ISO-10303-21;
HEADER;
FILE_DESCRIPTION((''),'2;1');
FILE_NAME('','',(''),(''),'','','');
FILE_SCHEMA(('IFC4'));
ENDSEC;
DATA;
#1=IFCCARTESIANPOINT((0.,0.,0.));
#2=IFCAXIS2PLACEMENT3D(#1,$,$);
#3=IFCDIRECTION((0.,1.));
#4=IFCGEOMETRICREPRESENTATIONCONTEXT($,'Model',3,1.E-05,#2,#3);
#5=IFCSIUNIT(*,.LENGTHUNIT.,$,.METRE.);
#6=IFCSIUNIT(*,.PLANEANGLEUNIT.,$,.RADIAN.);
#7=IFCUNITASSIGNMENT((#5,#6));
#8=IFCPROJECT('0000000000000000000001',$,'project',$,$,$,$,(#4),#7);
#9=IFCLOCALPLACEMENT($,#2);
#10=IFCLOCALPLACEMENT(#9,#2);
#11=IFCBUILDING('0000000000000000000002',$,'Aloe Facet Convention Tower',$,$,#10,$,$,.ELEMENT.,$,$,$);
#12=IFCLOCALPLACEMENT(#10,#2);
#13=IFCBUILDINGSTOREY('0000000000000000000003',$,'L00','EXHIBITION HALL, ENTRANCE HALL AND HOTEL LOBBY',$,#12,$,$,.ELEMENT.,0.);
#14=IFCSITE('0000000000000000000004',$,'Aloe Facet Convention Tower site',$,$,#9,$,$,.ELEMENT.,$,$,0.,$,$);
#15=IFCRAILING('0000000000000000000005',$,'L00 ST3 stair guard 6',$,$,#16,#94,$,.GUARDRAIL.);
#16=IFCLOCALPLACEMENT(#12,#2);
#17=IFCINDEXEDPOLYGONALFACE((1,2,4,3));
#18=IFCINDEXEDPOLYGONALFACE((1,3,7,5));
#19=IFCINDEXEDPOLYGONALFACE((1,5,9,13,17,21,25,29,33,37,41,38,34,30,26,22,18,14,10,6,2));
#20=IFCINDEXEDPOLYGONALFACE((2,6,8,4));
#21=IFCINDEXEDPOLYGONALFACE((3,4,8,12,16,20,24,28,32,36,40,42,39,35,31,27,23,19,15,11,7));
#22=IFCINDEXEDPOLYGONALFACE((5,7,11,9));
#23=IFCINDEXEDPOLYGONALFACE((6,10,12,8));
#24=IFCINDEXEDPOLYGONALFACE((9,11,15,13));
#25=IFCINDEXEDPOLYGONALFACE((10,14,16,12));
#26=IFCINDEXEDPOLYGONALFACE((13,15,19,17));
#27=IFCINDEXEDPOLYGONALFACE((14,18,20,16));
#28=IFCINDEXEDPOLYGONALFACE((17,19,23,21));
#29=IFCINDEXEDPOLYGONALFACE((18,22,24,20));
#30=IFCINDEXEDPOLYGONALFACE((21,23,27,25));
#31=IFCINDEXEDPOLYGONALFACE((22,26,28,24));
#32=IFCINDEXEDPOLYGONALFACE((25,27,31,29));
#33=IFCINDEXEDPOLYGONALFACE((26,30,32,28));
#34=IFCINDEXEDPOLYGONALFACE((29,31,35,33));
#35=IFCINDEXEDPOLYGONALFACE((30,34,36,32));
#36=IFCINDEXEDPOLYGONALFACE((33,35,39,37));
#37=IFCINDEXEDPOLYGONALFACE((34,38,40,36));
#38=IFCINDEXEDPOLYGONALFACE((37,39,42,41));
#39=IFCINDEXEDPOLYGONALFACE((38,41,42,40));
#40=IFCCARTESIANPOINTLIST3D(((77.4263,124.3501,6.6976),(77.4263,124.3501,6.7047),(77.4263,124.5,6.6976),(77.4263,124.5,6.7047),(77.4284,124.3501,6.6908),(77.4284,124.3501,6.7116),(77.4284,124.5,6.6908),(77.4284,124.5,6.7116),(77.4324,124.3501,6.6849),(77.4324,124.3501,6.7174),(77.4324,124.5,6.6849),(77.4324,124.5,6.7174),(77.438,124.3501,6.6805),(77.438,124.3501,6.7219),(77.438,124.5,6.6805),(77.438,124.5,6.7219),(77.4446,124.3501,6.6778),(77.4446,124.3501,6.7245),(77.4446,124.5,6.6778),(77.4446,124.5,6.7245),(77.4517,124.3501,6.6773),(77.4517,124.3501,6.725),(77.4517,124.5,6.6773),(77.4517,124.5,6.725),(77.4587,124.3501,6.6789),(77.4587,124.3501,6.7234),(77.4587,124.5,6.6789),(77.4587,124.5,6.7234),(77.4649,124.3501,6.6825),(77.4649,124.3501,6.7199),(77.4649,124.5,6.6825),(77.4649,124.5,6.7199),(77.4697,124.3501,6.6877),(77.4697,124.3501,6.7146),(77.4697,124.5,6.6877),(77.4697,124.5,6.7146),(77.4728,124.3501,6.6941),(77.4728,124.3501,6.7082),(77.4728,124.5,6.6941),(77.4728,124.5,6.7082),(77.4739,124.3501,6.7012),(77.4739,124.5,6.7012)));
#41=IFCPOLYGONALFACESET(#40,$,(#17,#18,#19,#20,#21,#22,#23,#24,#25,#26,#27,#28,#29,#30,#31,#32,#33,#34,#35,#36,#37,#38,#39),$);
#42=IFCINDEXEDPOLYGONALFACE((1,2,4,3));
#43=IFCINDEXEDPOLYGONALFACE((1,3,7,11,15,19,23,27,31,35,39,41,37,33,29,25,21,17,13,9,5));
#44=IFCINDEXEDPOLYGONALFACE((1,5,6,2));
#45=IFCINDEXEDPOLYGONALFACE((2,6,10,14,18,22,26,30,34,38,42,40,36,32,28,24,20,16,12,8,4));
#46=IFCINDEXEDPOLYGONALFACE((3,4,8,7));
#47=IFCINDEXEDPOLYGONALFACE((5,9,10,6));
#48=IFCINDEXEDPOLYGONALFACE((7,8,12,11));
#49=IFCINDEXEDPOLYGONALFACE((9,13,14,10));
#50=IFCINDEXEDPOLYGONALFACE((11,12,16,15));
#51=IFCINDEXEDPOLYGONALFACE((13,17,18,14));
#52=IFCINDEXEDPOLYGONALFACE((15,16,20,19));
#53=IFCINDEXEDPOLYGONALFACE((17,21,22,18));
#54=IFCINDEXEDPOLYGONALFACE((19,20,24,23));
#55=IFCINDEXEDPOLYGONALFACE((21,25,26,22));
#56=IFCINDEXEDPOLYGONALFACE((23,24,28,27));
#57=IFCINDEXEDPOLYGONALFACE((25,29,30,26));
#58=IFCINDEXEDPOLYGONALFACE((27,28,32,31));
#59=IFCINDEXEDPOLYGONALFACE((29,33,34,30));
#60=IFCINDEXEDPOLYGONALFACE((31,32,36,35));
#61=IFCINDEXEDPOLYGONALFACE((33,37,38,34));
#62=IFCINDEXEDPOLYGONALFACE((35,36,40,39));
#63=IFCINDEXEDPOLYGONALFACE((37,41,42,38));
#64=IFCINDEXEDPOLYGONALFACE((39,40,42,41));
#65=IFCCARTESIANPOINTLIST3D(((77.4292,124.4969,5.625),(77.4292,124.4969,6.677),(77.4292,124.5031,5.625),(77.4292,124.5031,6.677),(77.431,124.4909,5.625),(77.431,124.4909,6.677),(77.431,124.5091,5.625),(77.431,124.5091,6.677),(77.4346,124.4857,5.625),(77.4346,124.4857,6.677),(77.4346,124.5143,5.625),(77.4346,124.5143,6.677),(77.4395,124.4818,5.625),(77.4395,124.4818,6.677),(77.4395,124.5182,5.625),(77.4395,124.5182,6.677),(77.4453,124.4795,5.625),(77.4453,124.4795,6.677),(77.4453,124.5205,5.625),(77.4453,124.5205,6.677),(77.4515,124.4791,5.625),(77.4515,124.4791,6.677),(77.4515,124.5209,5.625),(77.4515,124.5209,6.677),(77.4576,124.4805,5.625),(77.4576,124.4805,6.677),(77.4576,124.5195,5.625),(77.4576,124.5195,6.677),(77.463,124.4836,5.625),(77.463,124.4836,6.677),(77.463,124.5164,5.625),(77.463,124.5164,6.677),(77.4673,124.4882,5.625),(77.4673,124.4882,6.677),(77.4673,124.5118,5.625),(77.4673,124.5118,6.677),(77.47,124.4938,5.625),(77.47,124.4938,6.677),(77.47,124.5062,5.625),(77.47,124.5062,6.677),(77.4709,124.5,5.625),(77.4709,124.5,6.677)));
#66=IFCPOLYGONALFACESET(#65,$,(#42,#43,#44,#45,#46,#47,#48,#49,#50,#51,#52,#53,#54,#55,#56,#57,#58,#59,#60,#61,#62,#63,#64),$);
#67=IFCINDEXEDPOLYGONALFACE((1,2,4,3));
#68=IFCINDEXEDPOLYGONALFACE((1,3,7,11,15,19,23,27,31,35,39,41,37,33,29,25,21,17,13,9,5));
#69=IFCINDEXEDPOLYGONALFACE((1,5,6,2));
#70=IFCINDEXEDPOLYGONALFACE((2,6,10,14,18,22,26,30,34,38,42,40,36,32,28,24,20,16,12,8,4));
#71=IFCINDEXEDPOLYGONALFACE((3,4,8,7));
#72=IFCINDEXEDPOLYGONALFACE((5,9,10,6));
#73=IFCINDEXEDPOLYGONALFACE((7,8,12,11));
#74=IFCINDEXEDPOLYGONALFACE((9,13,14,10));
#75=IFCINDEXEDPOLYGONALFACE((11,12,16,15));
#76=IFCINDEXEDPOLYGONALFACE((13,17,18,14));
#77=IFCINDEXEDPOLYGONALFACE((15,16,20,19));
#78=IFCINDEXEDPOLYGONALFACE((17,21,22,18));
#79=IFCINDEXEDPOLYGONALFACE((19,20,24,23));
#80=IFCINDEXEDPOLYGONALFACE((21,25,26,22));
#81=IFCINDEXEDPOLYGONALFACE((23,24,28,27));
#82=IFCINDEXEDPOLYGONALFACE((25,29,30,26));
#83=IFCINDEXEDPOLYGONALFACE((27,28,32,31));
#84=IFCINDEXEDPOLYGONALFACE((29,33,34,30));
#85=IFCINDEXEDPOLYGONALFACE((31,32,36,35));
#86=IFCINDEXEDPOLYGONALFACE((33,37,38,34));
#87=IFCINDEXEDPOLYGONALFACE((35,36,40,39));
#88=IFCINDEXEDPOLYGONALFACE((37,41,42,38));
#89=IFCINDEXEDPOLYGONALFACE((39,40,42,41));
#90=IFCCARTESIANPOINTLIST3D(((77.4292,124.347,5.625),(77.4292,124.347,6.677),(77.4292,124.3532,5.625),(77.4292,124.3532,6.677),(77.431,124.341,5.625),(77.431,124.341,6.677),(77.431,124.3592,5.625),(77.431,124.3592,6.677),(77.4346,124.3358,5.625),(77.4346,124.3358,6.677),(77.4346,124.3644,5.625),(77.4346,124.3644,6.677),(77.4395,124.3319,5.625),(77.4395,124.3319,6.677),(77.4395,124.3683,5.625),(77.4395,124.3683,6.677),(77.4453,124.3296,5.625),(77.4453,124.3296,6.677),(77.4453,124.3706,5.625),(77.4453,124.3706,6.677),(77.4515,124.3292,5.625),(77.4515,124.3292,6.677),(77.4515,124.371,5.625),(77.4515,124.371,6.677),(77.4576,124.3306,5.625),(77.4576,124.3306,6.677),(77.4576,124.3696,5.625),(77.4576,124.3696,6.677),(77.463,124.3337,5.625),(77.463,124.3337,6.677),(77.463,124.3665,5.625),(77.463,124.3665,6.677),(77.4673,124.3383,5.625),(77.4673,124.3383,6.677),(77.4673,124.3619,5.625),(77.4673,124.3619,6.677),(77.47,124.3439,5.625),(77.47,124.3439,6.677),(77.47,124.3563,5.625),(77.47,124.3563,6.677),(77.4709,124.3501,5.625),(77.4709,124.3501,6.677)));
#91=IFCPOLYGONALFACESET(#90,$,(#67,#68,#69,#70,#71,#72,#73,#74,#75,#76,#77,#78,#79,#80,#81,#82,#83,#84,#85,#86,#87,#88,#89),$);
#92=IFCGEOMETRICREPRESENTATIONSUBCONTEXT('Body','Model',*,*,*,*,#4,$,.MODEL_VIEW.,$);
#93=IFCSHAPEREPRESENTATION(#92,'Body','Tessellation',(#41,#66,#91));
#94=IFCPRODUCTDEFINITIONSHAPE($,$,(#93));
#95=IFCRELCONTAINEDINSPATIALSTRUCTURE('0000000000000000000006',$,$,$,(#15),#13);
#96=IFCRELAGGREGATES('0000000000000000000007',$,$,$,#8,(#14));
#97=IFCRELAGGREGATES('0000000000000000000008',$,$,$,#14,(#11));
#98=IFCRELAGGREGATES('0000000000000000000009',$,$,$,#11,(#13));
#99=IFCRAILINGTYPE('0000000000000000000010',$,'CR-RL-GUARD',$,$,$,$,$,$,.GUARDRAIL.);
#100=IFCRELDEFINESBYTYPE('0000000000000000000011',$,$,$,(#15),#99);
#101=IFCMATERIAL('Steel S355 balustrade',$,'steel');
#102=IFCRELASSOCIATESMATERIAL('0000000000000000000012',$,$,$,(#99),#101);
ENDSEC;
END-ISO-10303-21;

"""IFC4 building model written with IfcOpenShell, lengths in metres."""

from ifc_helpers import new_model, si_unit, direction, frame, origin, origin_2d, place, context, subcontext, project, spatial, circle, extrude, material, type_object, element, save


model = new_model("IFC4")

# Units and contexts
model_context = context("Model", 3, precision=1e-05, world=origin(), true_north=direction((0.0, 1.0)))
body_context = subcontext(model_context, "Body", "Model", "MODEL_VIEW")
ifc_project = project(units=[si_unit("LENGTHUNIT", "METRE"), si_unit("PLANEANGLEUNIT", "RADIAN")], contexts=[model_context])

# Site, building, storey
site_placement = place(None, origin())
site = spatial("IfcSite", under=ifc_project, at=site_placement, Name="Aloe Facet Convention Tower site", CompositionType="ELEMENT", RefElevation=0.0)
building_placement = place(site_placement, origin())
building = spatial("IfcBuilding", under=site, at=building_placement, Name="Aloe Facet Convention Tower", CompositionType="ELEMENT")
storey_placement = place(building_placement, origin())
storey = spatial("IfcBuildingStorey", under=building, at=storey_placement, Name="L00", Description="EXHIBITION HALL, ENTRANCE HALL AND HOTEL LOBBY", CompositionType="ELEMENT", Elevation=0.0)

# Railing
ifc_material_1 = material(Name="Steel S355 balustrade", Category="steel")
railing_type = type_object("IfcRailingType", Name="CR-RL-GUARD", PredefinedType="GUARDRAIL", material=ifc_material_1)
railing_1_placement = place(storey_placement, frame((77.45, 124.5, 5.625)))
element("IfcRailing", 1, at=railing_1_placement, inside=storey, type_object=railing_type, Name="L00 ST3 stair guard 6", PredefinedType="GUARDRAIL", context=body_context, shape_type="SweptSolid", body=[
    extrude(circle(Radius=0.0239, at=origin_2d()), frame((0.0, 0.0, 1.0762), z_axis=(0.0, -1.0, 0.0), x_axis=(1.0, 0.0, 0.0)), (0.0, 0.0, 1.0), 0.1499),
    extrude(circle(Radius=0.021, at=origin_2d()), origin(), (0.0, 0.0, 1.0), 1.052),
    extrude(circle(Radius=0.021, at=origin_2d()), frame((0.0, -0.1499, 0.0)), (0.0, 0.0, 1.0), 1.052),
])

save(model, "model.ifc")
